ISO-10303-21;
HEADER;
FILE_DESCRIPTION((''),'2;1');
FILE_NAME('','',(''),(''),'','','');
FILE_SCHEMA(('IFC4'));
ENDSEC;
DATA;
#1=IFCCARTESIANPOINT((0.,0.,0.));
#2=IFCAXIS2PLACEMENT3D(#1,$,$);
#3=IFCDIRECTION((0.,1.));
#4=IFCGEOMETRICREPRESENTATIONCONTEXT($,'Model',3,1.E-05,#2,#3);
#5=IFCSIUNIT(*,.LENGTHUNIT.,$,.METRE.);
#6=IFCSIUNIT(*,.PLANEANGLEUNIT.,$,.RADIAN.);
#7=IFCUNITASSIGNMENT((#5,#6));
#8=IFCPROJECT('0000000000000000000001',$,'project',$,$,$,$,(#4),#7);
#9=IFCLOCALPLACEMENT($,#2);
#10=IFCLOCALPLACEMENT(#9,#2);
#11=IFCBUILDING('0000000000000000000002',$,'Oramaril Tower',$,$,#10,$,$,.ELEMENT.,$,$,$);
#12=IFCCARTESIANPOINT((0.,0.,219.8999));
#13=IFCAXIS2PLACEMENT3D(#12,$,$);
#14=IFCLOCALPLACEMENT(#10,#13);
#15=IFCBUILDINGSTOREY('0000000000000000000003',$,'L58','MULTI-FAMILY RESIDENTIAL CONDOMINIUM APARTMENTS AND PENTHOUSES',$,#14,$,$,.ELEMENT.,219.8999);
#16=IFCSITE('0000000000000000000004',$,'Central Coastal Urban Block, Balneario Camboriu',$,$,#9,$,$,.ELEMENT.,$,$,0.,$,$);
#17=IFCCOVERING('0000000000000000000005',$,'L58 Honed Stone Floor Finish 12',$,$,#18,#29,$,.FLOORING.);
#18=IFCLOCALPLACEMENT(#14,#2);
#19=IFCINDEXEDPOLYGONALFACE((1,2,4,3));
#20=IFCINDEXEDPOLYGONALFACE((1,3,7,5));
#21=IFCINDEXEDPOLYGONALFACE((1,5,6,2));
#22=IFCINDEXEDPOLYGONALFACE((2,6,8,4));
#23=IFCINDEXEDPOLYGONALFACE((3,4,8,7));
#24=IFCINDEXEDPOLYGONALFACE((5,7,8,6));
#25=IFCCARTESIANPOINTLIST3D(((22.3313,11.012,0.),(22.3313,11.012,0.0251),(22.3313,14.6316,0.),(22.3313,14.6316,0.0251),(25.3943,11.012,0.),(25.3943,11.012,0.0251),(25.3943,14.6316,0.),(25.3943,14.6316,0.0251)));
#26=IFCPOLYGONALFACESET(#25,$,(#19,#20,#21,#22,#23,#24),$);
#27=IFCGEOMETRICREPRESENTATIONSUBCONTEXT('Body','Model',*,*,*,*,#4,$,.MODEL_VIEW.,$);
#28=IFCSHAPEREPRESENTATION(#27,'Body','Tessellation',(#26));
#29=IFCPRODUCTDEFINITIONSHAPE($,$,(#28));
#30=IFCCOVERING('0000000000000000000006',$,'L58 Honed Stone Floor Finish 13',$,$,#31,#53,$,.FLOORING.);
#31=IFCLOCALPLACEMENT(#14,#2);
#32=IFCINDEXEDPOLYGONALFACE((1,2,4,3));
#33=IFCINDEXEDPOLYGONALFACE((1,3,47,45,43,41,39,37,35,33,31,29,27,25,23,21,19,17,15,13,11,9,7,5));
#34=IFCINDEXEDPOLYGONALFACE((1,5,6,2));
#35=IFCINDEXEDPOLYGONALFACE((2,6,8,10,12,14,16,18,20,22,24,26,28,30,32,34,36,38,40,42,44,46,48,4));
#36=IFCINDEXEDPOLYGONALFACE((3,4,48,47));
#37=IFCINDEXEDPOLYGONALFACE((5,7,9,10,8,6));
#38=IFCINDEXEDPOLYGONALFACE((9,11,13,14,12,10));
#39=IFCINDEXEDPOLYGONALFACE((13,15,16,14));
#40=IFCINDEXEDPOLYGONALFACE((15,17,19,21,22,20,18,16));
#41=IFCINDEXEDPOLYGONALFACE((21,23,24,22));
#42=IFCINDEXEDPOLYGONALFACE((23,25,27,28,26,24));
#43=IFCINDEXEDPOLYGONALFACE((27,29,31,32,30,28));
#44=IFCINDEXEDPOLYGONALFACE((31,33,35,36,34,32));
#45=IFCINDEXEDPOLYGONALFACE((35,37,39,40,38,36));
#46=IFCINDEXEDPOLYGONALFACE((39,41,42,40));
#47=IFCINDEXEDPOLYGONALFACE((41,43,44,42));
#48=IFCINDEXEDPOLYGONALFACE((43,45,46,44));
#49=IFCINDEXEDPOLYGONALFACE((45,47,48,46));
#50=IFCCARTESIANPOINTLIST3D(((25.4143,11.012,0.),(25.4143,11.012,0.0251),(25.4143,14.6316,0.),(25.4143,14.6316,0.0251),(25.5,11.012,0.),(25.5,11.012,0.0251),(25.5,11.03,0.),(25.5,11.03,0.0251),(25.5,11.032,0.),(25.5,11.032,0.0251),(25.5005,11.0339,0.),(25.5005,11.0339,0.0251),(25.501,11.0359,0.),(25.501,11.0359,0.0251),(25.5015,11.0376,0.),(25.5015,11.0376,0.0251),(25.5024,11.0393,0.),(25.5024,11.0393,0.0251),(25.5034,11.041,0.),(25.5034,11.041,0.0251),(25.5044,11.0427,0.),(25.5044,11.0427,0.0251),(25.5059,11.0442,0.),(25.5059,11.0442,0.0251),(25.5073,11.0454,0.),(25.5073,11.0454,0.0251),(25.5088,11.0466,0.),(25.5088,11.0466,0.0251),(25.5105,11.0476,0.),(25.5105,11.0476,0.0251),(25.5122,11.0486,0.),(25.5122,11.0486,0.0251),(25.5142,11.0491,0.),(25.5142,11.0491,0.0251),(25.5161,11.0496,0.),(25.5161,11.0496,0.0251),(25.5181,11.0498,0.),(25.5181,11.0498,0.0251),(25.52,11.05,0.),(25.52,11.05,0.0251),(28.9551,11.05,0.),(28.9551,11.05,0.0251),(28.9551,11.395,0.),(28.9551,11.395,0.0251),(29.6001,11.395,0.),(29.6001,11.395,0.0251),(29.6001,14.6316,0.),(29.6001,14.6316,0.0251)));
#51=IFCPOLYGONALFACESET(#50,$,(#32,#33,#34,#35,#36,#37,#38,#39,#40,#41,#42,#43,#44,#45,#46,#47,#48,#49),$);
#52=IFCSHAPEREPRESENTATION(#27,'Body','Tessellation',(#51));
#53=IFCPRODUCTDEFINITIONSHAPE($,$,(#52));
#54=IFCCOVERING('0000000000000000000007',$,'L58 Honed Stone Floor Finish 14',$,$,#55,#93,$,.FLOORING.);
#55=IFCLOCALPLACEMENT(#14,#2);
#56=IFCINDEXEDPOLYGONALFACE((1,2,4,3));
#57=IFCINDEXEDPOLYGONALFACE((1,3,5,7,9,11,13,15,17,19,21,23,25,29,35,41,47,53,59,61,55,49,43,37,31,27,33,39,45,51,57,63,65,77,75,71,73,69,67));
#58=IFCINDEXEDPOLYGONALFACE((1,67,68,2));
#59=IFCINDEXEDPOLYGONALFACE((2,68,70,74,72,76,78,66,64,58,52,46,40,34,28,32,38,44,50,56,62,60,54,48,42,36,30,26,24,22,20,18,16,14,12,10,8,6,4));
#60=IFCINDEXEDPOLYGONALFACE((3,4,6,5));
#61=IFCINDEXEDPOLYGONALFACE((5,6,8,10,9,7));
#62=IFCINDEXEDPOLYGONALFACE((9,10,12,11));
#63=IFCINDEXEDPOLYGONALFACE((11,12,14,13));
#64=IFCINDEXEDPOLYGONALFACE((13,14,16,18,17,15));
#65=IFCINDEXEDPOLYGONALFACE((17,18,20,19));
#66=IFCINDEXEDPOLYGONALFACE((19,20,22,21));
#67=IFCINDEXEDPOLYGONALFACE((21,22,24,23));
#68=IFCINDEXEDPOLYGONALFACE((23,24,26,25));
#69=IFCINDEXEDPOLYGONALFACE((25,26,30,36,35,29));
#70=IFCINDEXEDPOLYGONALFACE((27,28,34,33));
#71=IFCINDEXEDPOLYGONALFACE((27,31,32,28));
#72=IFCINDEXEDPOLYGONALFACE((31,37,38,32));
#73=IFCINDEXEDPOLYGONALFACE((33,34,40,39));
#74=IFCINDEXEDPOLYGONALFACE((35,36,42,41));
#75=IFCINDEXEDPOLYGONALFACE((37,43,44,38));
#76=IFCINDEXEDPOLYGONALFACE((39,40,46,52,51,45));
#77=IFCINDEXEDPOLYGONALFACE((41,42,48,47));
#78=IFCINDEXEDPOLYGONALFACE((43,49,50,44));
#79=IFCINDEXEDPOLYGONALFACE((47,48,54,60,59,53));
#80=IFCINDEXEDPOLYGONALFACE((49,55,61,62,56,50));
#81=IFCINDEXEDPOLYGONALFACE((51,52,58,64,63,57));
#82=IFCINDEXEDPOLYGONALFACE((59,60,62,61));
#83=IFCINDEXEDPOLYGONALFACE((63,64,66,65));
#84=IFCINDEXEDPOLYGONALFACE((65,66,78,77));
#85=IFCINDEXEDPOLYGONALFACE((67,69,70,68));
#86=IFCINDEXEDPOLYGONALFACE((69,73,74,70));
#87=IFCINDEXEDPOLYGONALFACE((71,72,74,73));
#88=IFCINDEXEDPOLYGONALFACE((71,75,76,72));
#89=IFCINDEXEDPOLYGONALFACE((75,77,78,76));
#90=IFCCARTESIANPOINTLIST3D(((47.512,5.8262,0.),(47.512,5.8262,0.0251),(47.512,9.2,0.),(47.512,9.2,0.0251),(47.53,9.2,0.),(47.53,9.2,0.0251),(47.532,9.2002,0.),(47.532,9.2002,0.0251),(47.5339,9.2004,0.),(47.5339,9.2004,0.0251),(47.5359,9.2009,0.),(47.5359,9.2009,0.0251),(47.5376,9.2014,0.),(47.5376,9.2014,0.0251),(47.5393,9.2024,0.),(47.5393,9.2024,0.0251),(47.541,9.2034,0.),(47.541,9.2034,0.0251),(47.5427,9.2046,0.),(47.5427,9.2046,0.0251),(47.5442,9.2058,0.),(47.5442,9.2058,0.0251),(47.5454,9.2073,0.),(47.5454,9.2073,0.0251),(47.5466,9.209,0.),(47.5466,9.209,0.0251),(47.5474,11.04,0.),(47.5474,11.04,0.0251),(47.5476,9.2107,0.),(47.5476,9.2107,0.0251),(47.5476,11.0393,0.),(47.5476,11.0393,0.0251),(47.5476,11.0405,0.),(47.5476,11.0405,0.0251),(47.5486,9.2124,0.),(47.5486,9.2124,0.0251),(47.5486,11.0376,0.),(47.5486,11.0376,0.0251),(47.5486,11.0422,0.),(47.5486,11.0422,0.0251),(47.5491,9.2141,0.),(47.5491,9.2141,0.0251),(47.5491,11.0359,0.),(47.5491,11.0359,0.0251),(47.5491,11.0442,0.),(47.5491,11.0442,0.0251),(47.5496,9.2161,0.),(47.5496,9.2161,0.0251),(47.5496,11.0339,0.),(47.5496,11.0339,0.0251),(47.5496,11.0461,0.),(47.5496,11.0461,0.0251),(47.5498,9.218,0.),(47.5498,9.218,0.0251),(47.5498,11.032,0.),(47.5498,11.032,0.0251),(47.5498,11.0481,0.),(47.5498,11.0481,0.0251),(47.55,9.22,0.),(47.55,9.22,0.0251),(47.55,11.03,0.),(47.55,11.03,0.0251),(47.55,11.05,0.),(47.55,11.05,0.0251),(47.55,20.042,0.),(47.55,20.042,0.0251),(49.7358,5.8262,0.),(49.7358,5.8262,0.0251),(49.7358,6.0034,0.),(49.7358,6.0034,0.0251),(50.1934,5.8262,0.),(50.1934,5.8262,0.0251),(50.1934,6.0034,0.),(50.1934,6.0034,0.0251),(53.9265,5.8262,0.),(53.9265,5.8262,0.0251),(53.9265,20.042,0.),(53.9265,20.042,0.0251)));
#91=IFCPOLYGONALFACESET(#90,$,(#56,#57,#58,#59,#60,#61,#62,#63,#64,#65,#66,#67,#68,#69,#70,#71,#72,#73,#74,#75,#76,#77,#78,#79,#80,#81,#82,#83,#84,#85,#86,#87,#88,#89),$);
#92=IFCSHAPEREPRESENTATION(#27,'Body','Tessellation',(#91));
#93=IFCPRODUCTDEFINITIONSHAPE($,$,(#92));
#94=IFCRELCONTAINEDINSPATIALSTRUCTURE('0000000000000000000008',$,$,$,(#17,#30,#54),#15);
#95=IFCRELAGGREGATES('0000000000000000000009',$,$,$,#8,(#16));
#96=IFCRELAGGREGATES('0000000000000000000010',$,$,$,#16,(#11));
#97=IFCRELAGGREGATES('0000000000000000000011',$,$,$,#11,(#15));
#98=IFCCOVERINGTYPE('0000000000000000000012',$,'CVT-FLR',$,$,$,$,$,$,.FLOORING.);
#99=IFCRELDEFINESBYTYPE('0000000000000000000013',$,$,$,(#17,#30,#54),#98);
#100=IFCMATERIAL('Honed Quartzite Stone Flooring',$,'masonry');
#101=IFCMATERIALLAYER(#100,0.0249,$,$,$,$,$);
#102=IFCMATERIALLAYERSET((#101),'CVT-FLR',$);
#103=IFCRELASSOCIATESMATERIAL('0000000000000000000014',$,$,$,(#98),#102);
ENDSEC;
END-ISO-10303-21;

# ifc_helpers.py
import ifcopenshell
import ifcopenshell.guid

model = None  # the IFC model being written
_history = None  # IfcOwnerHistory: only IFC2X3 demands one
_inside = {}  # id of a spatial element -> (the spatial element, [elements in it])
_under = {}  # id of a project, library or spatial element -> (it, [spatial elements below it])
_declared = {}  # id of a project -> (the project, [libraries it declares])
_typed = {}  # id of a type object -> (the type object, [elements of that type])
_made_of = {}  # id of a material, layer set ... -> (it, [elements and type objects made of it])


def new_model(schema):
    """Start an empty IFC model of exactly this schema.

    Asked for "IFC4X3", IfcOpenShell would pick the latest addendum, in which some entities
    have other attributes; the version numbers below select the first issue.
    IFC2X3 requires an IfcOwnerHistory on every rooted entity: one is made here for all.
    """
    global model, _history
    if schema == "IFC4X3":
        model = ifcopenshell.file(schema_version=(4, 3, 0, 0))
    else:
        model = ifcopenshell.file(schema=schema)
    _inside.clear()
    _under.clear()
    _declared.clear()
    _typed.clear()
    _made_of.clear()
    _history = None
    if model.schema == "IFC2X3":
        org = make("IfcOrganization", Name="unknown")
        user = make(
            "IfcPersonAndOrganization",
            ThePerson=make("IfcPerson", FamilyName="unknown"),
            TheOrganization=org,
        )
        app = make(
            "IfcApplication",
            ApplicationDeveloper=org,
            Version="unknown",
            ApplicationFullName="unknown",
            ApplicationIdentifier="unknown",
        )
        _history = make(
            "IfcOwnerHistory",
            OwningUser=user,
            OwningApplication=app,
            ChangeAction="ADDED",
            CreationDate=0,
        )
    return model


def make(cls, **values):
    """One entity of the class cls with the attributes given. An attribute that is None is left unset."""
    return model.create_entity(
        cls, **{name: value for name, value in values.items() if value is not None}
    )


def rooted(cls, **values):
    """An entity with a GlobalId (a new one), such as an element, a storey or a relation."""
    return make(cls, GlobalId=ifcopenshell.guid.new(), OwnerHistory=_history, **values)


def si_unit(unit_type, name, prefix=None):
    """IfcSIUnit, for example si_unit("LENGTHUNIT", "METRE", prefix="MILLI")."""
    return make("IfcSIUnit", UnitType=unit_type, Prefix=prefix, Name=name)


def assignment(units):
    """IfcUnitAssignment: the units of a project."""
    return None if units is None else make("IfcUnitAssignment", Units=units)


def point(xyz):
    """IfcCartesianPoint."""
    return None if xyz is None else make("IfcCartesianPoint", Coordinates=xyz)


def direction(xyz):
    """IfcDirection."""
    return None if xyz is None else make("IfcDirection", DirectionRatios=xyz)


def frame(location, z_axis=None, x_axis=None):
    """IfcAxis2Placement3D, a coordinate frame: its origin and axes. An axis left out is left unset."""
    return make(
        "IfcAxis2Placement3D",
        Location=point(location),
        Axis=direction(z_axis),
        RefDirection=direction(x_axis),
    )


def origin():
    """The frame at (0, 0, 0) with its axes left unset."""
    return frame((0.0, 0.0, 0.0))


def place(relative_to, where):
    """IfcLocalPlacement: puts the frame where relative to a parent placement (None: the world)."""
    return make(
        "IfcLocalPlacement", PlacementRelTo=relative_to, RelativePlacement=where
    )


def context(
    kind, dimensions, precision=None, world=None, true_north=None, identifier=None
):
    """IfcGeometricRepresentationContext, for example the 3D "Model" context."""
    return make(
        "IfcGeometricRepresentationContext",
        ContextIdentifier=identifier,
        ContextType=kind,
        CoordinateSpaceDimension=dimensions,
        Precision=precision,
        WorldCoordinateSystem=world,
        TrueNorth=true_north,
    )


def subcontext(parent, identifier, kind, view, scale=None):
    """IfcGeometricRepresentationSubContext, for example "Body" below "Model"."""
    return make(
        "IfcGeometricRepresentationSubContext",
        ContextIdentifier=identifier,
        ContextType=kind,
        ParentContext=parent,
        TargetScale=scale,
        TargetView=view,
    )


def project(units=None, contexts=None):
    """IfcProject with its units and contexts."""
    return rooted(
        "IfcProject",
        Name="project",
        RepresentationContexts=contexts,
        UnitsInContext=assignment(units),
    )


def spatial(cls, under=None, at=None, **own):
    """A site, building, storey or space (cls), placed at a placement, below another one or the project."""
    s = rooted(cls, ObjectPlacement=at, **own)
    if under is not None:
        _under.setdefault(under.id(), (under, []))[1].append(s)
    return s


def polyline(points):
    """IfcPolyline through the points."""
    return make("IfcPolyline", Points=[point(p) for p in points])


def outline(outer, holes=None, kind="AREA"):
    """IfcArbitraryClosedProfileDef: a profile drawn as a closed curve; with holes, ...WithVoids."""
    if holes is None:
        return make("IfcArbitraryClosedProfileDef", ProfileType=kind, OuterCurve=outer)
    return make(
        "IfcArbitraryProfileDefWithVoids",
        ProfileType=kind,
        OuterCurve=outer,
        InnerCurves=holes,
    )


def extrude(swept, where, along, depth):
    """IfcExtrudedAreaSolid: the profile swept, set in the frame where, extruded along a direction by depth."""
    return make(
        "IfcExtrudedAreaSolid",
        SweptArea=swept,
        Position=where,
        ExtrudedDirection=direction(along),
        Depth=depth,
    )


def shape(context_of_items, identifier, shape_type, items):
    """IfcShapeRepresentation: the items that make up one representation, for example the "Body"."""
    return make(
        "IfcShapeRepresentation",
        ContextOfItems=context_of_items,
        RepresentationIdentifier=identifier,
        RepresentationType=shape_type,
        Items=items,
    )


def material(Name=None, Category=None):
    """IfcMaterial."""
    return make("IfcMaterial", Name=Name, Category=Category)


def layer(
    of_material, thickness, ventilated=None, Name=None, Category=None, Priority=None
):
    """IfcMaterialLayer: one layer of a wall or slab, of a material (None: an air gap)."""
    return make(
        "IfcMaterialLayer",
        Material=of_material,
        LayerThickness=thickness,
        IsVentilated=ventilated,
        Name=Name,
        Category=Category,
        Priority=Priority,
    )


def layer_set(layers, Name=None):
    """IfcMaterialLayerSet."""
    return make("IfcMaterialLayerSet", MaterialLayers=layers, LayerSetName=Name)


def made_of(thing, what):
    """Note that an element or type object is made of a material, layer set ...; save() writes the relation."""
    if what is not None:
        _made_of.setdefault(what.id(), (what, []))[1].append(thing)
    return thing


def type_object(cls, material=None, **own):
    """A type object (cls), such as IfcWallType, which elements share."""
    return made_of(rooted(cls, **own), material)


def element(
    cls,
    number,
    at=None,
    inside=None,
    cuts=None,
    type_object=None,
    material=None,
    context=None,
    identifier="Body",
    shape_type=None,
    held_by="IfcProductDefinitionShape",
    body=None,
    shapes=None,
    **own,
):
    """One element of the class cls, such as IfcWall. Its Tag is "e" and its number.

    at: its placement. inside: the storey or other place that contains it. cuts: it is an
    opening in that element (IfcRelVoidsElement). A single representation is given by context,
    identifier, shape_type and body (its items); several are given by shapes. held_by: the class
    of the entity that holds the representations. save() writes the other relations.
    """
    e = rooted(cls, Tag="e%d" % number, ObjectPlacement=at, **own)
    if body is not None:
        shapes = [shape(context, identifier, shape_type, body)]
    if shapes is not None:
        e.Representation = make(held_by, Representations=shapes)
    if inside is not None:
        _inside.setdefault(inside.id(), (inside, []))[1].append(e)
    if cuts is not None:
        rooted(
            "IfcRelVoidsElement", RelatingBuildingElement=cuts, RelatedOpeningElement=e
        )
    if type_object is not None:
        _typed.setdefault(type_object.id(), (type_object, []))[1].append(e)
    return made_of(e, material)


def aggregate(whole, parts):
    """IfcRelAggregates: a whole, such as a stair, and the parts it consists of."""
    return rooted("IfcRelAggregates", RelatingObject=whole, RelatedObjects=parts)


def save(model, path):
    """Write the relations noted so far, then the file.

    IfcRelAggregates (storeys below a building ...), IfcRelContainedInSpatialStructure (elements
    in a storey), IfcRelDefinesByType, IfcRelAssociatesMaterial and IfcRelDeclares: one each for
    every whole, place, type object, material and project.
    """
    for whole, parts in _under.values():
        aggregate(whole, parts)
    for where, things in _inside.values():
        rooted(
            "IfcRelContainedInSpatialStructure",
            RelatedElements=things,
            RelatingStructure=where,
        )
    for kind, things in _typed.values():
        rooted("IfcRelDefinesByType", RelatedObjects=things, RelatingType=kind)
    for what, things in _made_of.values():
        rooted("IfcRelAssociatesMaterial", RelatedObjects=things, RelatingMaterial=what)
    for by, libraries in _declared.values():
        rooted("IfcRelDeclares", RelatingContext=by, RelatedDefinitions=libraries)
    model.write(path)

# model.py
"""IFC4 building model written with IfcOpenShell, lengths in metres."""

from ifc_helpers import new_model, si_unit, direction, frame, origin, place, context, subcontext, project, spatial, polyline, outline, extrude, material, layer, layer_set, type_object, element, save


model = new_model("IFC4")

# Units and contexts
model_context = context("Model", 3, precision=1e-05, world=origin(), true_north=direction((0.0, 1.0)))
body_context = subcontext(model_context, "Body", "Model", "MODEL_VIEW")
ifc_project = project(units=[si_unit("LENGTHUNIT", "METRE"), si_unit("PLANEANGLEUNIT", "RADIAN")], contexts=[model_context])

# Site, building, storey
site_placement = place(None, origin())
site = spatial("IfcSite", under=ifc_project, at=site_placement, Name="Central Coastal Urban Block, Balneario Camboriu", CompositionType="ELEMENT", RefElevation=0.0)
building_placement = place(site_placement, origin())
building = spatial("IfcBuilding", under=site, at=building_placement, Name="Oramaril Tower", CompositionType="ELEMENT")
storey_placement = place(building_placement, frame((0.0, 0.0, 219.8999)))
storey = spatial("IfcBuildingStorey", under=building, at=storey_placement, Name="L58", Description="MULTI-FAMILY RESIDENTIAL CONDOMINIUM APARTMENTS AND PENTHOUSES", CompositionType="ELEMENT", Elevation=219.8999)

# Coverings
ifc_material_1 = material(Name="Honed Quartzite Stone Flooring", Category="masonry")
ifc_layer_1 = layer(ifc_material_1, 0.0249)
ifc_layer_set_1 = layer_set([ifc_layer_1], Name="CVT-FLR")
covering_type_1 = type_object("IfcCoveringType", Name="CVT-FLR", PredefinedType="FLOORING", material=ifc_layer_set_1)
covering_1_placement = place(storey_placement, origin())
element("IfcCovering", 1, at=covering_1_placement, inside=storey, type_object=covering_type_1, Name="L58 Honed Stone Floor Finish 12", PredefinedType="FLOORING", context=body_context, shape_type="SweptSolid", body=[
    extrude(outline(polyline([(25.3943, 11.012), (22.3313, 11.012), (22.3313, 14.6316), (25.3943, 14.6316), (25.3943, 11.012)])), origin(), (0.0, 0.0, 1.0), 0.0251),
])
covering_2_placement = place(storey_placement, origin())
element("IfcCovering", 2, at=covering_2_placement, inside=storey, type_object=covering_type_1, Name="L58 Honed Stone Floor Finish 13", PredefinedType="FLOORING", context=body_context, shape_type="SweptSolid", body=[
    extrude(outline(polyline([(29.6001, 11.395), (28.9551, 11.395), (28.9551, 11.05), (25.52, 11.05), (25.5181, 11.0498), (25.5161, 11.0496), (25.5142, 11.0491), (25.5122, 11.0486), (25.5105, 11.0476), (25.5088, 11.0466), (25.5073, 11.0454), (25.5059, 11.0442), (25.5044, 11.0427), (25.5034, 11.041), (25.5024, 11.0393), (25.5015, 11.0376), (25.501, 11.0359), (25.5005, 11.0339), (25.5, 11.032), (25.5, 11.03), (25.5, 11.012), (25.4143, 11.012), (25.4143, 14.6316), (29.6001, 14.6316), (29.6001, 11.395)])), origin(), (0.0, 0.0, 1.0), 0.0251),
])
covering_3_placement = place(storey_placement, origin())
element("IfcCovering", 3, at=covering_3_placement, inside=storey, type_object=covering_type_1, Name="L58 Honed Stone Floor Finish 14", PredefinedType="FLOORING", context=body_context, shape_type="SweptSolid", body=[
    extrude(outline(polyline([(53.9265, 20.042), (53.9265, 5.8262), (50.1934, 5.8262), (50.1934, 6.0034), (49.7358, 6.0034), (49.7358, 5.8262), (47.512, 5.8262), (47.512, 9.2), (47.53, 9.2), (47.532, 9.2002), (47.5339, 9.2004), (47.5359, 9.2009), (47.5376, 9.2014), (47.5393, 9.2024), (47.541, 9.2034), (47.5427, 9.2046), (47.5442, 9.2058), (47.5454, 9.2073), (47.5466, 9.209), (47.5476, 9.2107), (47.5486, 9.2124), (47.5491, 9.2141), (47.5496, 9.2161), (47.5498, 9.218), (47.55, 9.22), (47.55, 11.03), (47.5498, 11.032), (47.5496, 11.0339), (47.5491, 11.0359), (47.5486, 11.0376), (47.5476, 11.0393), (47.5474, 11.04), (47.5476, 11.0405), (47.5486, 11.0422), (47.5491, 11.0442), (47.5496, 11.0461), (47.5498, 11.0481), (47.55, 11.05), (47.55, 20.042), (53.9265, 20.042)])), origin(), (0.0, 0.0, 1.0), 0.0251),
])

save(model, "model.ifc")
